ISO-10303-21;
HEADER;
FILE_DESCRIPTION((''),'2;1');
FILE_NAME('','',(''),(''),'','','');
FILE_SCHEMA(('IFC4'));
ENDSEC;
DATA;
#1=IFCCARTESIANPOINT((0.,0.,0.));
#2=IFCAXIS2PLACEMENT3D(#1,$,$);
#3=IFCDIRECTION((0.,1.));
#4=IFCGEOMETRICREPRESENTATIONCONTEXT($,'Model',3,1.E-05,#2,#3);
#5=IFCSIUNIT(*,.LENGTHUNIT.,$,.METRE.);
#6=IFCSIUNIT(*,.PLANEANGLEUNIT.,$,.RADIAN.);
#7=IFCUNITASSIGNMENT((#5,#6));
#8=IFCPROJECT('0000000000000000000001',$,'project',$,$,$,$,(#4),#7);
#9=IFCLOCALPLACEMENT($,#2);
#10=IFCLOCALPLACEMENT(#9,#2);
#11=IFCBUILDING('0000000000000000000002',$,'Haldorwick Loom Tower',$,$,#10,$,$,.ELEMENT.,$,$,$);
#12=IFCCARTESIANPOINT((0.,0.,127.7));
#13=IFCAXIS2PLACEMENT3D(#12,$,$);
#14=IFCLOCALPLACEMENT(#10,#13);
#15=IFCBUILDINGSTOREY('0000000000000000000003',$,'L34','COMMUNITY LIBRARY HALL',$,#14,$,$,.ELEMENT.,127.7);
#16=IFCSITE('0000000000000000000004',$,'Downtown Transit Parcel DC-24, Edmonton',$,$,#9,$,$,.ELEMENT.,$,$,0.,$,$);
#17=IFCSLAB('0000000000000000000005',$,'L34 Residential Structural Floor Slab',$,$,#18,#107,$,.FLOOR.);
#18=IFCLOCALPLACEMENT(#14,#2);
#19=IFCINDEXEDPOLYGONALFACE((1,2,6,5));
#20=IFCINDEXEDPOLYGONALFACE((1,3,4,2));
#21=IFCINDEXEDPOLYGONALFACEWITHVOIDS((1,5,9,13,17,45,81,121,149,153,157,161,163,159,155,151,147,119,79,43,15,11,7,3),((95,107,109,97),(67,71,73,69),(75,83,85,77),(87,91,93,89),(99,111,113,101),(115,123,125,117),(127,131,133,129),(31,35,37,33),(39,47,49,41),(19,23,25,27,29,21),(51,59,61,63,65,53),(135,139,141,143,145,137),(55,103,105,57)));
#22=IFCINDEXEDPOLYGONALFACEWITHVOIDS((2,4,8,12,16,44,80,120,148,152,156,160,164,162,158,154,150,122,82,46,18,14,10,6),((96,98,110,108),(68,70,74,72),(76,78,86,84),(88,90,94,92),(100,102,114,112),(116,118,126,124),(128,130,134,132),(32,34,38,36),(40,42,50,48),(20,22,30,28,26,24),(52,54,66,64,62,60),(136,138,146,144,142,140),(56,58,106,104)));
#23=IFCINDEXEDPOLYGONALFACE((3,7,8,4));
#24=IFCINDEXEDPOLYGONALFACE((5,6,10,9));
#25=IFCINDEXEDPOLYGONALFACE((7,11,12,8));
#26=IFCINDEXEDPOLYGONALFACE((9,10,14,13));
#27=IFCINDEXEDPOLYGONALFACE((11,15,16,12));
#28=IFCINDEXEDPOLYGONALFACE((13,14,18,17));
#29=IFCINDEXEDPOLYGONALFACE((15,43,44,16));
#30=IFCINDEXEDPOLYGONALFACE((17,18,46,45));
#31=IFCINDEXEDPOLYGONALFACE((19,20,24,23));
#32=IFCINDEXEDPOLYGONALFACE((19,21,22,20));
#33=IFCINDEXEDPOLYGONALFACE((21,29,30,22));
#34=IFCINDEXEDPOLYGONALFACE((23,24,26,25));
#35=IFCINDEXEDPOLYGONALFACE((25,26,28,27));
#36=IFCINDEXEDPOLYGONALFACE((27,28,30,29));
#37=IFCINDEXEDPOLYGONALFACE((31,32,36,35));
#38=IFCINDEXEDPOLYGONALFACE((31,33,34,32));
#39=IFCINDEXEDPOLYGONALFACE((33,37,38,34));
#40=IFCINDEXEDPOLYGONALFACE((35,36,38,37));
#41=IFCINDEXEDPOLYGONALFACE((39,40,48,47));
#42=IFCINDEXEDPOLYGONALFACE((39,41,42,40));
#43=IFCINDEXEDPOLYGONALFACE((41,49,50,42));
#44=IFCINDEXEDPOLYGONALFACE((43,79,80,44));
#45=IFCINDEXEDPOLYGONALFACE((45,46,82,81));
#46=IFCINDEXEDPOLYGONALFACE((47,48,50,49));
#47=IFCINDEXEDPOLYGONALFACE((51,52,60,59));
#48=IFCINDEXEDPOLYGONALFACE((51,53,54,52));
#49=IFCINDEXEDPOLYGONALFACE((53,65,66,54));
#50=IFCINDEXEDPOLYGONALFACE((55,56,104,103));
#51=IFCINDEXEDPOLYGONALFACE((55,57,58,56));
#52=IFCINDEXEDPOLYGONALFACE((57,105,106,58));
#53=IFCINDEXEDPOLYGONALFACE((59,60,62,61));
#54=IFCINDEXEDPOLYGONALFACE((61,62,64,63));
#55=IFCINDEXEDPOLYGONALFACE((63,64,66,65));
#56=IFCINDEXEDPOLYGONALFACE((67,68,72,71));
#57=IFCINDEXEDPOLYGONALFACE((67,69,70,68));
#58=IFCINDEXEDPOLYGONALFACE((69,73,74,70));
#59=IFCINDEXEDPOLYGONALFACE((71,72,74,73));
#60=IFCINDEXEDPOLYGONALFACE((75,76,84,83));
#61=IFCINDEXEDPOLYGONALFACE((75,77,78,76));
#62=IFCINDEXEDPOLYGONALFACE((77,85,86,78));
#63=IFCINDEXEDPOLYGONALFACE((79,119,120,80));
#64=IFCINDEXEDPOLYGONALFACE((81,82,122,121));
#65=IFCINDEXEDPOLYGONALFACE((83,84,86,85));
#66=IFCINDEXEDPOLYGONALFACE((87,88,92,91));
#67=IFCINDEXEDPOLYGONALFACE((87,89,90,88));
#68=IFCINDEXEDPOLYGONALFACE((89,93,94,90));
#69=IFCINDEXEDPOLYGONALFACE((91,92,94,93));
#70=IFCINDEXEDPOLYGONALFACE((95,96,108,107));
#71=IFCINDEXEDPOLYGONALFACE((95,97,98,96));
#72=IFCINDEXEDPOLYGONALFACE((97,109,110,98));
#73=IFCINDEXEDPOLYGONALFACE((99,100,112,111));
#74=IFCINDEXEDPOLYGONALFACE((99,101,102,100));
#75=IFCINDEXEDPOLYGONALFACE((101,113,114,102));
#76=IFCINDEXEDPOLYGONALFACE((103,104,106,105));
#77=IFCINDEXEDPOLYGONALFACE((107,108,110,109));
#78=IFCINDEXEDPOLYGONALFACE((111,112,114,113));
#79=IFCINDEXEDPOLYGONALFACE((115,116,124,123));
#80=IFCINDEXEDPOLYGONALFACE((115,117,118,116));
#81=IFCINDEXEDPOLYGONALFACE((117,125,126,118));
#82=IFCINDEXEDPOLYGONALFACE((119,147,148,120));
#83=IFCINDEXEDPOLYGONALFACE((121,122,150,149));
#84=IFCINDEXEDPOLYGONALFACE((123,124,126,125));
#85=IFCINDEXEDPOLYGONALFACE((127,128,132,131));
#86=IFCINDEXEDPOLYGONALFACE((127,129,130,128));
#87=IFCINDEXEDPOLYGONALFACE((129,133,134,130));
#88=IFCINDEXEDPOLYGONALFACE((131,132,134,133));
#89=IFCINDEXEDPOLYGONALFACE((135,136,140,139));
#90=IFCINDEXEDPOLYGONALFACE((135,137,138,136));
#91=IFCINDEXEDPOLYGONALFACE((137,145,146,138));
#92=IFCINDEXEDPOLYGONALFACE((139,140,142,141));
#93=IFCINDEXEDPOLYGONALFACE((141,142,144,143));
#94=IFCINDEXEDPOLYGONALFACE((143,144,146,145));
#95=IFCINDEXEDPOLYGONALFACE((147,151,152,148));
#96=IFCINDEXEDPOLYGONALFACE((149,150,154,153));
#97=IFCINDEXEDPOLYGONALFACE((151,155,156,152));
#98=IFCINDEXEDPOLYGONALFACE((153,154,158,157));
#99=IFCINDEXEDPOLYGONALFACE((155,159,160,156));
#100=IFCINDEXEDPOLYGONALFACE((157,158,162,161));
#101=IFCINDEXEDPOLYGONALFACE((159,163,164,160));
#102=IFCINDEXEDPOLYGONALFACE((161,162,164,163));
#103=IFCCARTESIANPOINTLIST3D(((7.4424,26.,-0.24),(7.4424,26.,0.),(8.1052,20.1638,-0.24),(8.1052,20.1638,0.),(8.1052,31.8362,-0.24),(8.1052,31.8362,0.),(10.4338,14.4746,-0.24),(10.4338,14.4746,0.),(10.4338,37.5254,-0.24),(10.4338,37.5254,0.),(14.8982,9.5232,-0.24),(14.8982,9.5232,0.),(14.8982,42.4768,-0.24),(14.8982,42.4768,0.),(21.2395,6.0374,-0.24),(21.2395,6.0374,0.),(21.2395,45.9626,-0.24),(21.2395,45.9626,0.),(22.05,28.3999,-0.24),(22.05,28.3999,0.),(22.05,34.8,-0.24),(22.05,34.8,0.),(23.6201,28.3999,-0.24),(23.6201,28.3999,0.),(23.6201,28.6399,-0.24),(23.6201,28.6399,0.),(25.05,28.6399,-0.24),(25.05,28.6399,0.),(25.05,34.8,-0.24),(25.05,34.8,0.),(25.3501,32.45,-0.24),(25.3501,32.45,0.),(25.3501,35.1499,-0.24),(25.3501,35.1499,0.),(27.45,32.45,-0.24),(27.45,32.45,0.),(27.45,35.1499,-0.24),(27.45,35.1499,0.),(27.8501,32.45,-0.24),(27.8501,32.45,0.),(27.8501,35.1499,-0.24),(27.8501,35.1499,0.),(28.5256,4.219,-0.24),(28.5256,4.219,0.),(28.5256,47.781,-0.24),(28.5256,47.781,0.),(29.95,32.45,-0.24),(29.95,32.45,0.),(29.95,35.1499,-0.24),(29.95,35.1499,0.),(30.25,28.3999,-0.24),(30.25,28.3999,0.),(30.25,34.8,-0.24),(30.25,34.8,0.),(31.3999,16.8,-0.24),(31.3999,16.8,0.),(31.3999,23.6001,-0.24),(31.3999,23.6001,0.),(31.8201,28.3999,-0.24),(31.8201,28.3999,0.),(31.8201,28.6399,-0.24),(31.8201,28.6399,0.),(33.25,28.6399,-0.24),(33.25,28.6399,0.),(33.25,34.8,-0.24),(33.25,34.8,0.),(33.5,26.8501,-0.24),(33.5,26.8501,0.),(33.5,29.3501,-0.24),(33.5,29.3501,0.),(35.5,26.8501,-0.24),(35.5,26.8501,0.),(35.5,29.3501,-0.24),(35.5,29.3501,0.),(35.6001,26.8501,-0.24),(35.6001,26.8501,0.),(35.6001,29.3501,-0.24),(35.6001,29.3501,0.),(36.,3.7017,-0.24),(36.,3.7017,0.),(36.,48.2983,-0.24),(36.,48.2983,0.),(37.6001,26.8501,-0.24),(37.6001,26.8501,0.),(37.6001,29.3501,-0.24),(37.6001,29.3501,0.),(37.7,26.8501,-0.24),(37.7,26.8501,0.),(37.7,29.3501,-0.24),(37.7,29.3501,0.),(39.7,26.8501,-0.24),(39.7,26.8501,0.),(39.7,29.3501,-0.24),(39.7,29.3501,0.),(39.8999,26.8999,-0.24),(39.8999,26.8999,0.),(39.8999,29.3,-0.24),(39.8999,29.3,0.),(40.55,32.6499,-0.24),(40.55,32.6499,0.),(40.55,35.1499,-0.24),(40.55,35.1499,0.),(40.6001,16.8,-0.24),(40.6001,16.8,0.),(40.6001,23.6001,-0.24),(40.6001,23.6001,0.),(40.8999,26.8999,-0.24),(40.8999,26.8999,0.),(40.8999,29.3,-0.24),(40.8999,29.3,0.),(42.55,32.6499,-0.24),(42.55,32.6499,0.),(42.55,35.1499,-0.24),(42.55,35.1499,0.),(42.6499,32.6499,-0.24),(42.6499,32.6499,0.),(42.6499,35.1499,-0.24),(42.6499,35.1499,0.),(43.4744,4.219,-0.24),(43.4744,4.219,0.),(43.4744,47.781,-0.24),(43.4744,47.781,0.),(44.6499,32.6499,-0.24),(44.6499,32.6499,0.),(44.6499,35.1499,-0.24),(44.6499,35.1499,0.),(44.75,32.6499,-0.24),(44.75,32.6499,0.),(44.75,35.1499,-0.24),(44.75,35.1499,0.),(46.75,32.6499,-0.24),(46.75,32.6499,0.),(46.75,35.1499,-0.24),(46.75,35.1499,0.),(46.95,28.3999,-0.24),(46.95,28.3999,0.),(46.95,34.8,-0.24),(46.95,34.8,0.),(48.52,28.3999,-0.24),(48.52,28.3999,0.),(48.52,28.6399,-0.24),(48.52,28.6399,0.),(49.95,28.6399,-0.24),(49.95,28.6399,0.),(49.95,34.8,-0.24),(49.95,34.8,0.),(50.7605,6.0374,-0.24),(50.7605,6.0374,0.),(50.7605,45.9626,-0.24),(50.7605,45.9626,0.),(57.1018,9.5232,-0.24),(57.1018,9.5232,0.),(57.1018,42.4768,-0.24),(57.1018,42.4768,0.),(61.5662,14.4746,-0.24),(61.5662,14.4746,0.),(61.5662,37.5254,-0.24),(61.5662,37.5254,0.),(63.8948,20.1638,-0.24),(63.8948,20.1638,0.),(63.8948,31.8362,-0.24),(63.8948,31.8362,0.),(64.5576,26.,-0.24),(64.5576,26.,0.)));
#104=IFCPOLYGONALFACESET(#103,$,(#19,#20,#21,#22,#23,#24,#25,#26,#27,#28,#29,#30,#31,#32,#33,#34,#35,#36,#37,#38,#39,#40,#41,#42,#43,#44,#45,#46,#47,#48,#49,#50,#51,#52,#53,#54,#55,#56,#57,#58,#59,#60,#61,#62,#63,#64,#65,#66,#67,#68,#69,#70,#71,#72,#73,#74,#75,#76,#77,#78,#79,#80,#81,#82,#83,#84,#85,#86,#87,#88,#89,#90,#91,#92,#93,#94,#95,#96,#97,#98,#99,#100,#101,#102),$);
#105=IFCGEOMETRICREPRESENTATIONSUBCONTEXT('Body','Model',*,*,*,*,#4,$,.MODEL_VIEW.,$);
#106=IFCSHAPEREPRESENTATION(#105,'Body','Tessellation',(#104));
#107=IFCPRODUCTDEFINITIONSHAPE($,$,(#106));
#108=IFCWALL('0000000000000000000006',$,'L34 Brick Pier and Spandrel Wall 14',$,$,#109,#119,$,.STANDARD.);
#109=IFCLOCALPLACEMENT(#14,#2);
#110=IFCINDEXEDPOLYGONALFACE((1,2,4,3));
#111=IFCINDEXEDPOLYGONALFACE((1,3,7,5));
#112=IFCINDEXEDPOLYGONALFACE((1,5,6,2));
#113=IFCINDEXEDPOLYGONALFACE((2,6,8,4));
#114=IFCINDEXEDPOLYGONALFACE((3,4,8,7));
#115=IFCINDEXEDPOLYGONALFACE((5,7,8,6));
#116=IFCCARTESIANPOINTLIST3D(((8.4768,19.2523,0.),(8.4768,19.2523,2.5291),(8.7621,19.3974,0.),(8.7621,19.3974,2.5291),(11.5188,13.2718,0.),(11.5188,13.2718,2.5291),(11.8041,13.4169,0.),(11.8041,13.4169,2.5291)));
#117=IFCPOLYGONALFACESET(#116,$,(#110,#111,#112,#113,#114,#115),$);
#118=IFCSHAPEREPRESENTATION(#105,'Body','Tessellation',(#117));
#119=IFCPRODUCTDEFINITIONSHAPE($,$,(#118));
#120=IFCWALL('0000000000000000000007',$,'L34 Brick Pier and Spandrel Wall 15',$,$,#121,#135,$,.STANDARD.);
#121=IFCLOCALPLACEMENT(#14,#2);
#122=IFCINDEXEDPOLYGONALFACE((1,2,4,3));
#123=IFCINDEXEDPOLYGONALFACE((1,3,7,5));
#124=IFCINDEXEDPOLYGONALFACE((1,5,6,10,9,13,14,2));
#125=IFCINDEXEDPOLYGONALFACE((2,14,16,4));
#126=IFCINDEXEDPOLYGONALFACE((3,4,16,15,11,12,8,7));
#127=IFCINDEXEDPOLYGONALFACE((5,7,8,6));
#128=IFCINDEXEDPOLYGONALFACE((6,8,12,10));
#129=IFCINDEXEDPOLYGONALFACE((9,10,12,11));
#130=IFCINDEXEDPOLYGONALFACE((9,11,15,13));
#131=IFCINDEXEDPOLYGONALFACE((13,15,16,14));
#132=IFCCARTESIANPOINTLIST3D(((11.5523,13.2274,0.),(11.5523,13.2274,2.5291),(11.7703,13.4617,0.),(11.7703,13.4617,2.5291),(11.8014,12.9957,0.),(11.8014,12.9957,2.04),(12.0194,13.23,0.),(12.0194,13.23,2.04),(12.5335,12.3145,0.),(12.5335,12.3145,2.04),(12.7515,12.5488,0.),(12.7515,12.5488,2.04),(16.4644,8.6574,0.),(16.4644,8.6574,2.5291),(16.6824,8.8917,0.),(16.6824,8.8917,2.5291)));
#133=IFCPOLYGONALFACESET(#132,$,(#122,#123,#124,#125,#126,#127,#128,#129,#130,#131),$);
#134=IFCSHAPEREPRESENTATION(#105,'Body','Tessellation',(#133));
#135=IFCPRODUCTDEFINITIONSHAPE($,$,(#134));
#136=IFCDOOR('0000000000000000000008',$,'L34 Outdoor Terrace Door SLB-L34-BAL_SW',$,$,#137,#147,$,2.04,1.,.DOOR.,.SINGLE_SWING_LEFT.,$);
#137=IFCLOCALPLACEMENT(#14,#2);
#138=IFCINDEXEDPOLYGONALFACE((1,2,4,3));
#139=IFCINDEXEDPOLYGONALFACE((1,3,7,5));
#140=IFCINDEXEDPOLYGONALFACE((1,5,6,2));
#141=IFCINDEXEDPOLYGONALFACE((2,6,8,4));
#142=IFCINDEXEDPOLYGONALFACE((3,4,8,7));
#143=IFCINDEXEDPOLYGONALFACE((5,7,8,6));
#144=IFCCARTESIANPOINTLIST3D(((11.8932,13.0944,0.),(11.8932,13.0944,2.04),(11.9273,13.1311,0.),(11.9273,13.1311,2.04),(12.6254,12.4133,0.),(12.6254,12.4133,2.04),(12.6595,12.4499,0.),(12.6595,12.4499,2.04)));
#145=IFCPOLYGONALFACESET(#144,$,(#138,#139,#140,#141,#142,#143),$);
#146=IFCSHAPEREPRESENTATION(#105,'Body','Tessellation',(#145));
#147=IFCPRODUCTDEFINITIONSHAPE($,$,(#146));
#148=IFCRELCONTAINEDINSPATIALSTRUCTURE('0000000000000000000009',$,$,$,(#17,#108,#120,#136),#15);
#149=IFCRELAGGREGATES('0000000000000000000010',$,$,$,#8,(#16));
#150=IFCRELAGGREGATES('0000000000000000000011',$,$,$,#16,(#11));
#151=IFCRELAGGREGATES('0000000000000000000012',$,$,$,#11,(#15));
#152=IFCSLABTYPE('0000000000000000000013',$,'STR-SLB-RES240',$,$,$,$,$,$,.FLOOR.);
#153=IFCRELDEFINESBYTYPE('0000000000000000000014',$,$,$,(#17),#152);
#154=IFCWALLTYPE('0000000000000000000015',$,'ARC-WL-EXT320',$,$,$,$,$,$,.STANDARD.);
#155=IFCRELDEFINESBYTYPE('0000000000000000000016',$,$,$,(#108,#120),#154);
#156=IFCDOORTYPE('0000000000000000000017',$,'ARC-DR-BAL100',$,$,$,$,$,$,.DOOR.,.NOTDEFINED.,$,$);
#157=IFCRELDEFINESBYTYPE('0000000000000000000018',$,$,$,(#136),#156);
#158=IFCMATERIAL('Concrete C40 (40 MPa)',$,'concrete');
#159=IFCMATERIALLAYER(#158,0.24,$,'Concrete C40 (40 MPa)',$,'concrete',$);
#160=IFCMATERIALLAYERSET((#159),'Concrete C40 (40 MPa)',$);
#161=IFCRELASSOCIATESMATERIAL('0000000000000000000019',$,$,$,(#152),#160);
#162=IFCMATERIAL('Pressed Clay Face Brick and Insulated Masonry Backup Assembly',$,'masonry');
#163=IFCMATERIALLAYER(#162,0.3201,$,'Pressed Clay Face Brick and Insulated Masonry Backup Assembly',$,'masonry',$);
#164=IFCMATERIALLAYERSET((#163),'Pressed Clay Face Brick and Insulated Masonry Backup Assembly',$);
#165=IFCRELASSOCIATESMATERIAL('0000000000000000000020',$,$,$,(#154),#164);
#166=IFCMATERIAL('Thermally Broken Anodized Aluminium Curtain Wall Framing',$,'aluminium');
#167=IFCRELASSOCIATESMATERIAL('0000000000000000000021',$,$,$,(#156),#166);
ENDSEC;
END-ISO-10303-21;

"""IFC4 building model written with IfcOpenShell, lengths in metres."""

from ifc_helpers import new_model, si_unit, direction, frame, frame_2d, origin, place, context, subcontext, project, spatial, polyline, rectangle, outline, extrude, material, layer, layer_set, type_object, element, fill, save


model = new_model("IFC4")

# Units and contexts
model_context = context("Model", 3, precision=1e-05, world=origin(), true_north=direction((0.0, 1.0)))
body_context = subcontext(model_context, "Body", "Model", "MODEL_VIEW")
ifc_project = project(units=[si_unit("LENGTHUNIT", "METRE"), si_unit("PLANEANGLEUNIT", "RADIAN")], contexts=[model_context])

# Site, building, storey
site_placement = place(None, origin())
site = spatial("IfcSite", under=ifc_project, at=site_placement, Name="Downtown Transit Parcel DC-24, Edmonton", CompositionType="ELEMENT", RefElevation=0.0)
building_placement = place(site_placement, origin())
building = spatial("IfcBuilding", under=site, at=building_placement, Name="Haldorwick Loom Tower", CompositionType="ELEMENT")
storey_placement = place(building_placement, frame((0.0, 0.0, 127.7)))
storey = spatial("IfcBuildingStorey", under=building, at=storey_placement, Name="L34", Description="COMMUNITY LIBRARY HALL", CompositionType="ELEMENT", Elevation=127.7)

# Shared definitions
ifc_material_1 = material(Name="Concrete C40 (40 MPa)", Category="concrete")

# Slab
ifc_layer_1 = layer(ifc_material_1, 0.24, Name="Concrete C40 (40 MPa)", Category="concrete")
ifc_layer_set_1 = layer_set([ifc_layer_1], Name="Concrete C40 (40 MPa)")
slab_type_1 = type_object("IfcSlabType", Name="STR-SLB-RES240", PredefinedType="FLOOR", material=ifc_layer_set_1)
slab_1_placement = place(storey_placement, frame((0.0, 0.0, -0.24)))
element("IfcSlab", 1, at=slab_1_placement, inside=storey, type_object=slab_type_1, Name="L34 Residential Structural Floor Slab", PredefinedType="FLOOR", context=body_context, shape_type="SweptSolid", body=[
    extrude(outline(polyline([(57.1018, 9.5232), (61.5662, 14.4746), (63.8948, 20.1638), (64.5576, 26.0), (63.8948, 31.8362), (61.5662, 37.5254), (57.1018, 42.4768), (50.7605, 45.9626), (43.4744, 47.781), (36.0, 48.2983), (28.5256, 47.781), (21.2395, 45.9626), (14.8982, 42.4768), (10.4338, 37.5254), (8.1052, 31.8362), (7.4424, 26.0), (8.1052, 20.1638), (10.4338, 14.4746), (14.8982, 9.5232), (21.2395, 6.0374), (28.5256, 4.219), (36.0, 3.7017), (43.4744, 4.219), (50.7605, 6.0374), (57.1018, 9.5232)]), holes=[polyline([(31.3999, 16.8), (31.3999, 23.6001), (40.6001, 23.6001), (40.6001, 16.8), (31.3999, 16.8)]), polyline([(33.5, 26.8501), (33.5, 29.3501), (35.5, 29.3501), (35.5, 26.8501), (33.5, 26.8501)]), polyline([(35.6001, 26.8501), (35.6001, 29.3501), (37.6001, 29.3501), (37.6001, 26.8501), (35.6001, 26.8501)]), polyline([(23.6201, 28.3999), (22.05, 28.3999), (22.05, 34.8), (25.05, 34.8), (25.05, 28.6399), (23.6201, 28.6399), (23.6201, 28.3999)]), polyline([(30.25, 28.3999), (30.25, 34.8), (33.25, 34.8), (33.25, 28.6399), (31.8201, 28.6399), (31.8201, 28.3999), (30.25, 28.3999)]), polyline([(25.3501, 32.45), (25.3501, 35.1499), (27.45, 35.1499), (27.45, 32.45), (25.3501, 32.45)]), polyline([(29.95, 32.45), (27.8501, 32.45), (27.8501, 35.1499), (29.95, 35.1499), (29.95, 32.45)]), polyline([(37.7, 26.8501), (37.7, 29.3501), (39.7, 29.3501), (39.7, 26.8501), (37.7, 26.8501)]), polyline([(39.8999, 26.8999), (39.8999, 29.3), (40.8999, 29.3), (40.8999, 26.8999), (39.8999, 26.8999)]), polyline([(46.95, 28.3999), (46.95, 34.8), (49.95, 34.8), (49.95, 28.6399), (48.52, 28.6399), (48.52, 28.3999), (46.95, 28.3999)]), polyline([(40.55, 32.6499), (40.55, 35.1499), (42.55, 35.1499), (42.55, 32.6499), (40.55, 32.6499)]), polyline([(42.6499, 32.6499), (42.6499, 35.1499), (44.6499, 35.1499), (44.6499, 32.6499), (42.6499, 32.6499)]), polyline([(44.75, 32.6499), (44.75, 35.1499), (46.75, 35.1499), (46.75, 32.6499), (44.75, 32.6499)])]), origin(), (0.0, 0.0, 1.0), 0.24),
])

# Wall
ifc_material_2 = material(Name="Pressed Clay Face Brick and Insulated Masonry Backup Assembly", Category="masonry")
ifc_layer_2 = layer(ifc_material_2, 0.3201, Name="Pressed Clay Face Brick and Insulated Masonry Backup Assembly", Category="masonry")
ifc_layer_set_2 = layer_set([ifc_layer_2], Name="Pressed Clay Face Brick and Insulated Masonry Backup Assembly")
wall_type_1 = type_object("IfcWallType", Name="ARC-WL-EXT320", PredefinedType="STANDARD", material=ifc_layer_set_2)
wall_1_placement = place(storey_placement, frame((8.6194, 19.325, 0.0), z_axis=(0.0, 0.0, 1.0), x_axis=(0.453374, -0.89132, 0.0)))
element("IfcWall", 2, at=wall_1_placement, inside=storey, type_object=wall_type_1, Name="L34 Brick Pier and Spandrel Wall 14", PredefinedType="STANDARD", context=body_context, shape_type="SweptSolid", body=[
    extrude(rectangle(XDim=6.7097, YDim=0.3201, at=frame_2d((3.355, 0.0))), origin(), (0.0, 0.0, 1.0), 2.5291),
])

# Wall, opening, door
wall_2_placement = place(storey_placement, frame((11.6614, 13.3445, 0.0), z_axis=(0.0, 0.0, 1.0), x_axis=(0.732137, -0.681157, 0.0)))
wall_2 = element("IfcWall", 3, at=wall_2_placement, inside=storey, type_object=wall_type_1, Name="L34 Brick Pier and Spandrel Wall 15", PredefinedType="STANDARD", context=body_context, shape_type="SweptSolid", body=[
    extrude(rectangle(XDim=6.7092, YDim=0.3201, at=frame_2d((3.3545, 0.0))), origin(), (0.0, 0.0, 1.0), 2.5291),
])
opening_1_placement = place(wall_2_placement, frame((0.3401, 0.0, 0.0)))
opening_1 = element("IfcOpeningElement", 4, at=opening_1_placement, cuts=wall_2, PredefinedType="OPENING", context=body_context, shape_type="SweptSolid", body=[
    extrude(rectangle(XDim=1.0, YDim=2.04, at=frame_2d((0.5, 1.02))), frame((0.0, 0.1699, 0.0), z_axis=(0.0, -1.0, 0.0), x_axis=(1.0, 0.0, 0.0)), (0.0, 0.0, 1.0), 0.3401),
])
ifc_material_3 = material(Name="Thermally Broken Anodized Aluminium Curtain Wall Framing", Category="aluminium")
door_type = type_object("IfcDoorType", Name="ARC-DR-BAL100", OperationType="NOTDEFINED", PredefinedType="DOOR", material=ifc_material_3)
door_placement = place(opening_1_placement, origin())
door = element("IfcDoor", 5, at=door_placement, inside=storey, type_object=door_type, Name="L34 Outdoor Terrace Door SLB-L34-BAL_SW", OperationType="SINGLE_SWING_LEFT", OverallHeight=2.04, OverallWidth=1.0, PredefinedType="DOOR", context=body_context, shape_type="SweptSolid", body=[
    extrude(rectangle(XDim=1.0, YDim=2.04, at=frame_2d((0.5, 1.02))), frame((0.0, 0.0249, 0.0), z_axis=(0.0, -1.0, 0.0), x_axis=(1.0, 0.0, 0.0)), (0.0, 0.0, 1.0), 0.05),
])
fill(opening_1, door)

save(model, "model.ifc")
